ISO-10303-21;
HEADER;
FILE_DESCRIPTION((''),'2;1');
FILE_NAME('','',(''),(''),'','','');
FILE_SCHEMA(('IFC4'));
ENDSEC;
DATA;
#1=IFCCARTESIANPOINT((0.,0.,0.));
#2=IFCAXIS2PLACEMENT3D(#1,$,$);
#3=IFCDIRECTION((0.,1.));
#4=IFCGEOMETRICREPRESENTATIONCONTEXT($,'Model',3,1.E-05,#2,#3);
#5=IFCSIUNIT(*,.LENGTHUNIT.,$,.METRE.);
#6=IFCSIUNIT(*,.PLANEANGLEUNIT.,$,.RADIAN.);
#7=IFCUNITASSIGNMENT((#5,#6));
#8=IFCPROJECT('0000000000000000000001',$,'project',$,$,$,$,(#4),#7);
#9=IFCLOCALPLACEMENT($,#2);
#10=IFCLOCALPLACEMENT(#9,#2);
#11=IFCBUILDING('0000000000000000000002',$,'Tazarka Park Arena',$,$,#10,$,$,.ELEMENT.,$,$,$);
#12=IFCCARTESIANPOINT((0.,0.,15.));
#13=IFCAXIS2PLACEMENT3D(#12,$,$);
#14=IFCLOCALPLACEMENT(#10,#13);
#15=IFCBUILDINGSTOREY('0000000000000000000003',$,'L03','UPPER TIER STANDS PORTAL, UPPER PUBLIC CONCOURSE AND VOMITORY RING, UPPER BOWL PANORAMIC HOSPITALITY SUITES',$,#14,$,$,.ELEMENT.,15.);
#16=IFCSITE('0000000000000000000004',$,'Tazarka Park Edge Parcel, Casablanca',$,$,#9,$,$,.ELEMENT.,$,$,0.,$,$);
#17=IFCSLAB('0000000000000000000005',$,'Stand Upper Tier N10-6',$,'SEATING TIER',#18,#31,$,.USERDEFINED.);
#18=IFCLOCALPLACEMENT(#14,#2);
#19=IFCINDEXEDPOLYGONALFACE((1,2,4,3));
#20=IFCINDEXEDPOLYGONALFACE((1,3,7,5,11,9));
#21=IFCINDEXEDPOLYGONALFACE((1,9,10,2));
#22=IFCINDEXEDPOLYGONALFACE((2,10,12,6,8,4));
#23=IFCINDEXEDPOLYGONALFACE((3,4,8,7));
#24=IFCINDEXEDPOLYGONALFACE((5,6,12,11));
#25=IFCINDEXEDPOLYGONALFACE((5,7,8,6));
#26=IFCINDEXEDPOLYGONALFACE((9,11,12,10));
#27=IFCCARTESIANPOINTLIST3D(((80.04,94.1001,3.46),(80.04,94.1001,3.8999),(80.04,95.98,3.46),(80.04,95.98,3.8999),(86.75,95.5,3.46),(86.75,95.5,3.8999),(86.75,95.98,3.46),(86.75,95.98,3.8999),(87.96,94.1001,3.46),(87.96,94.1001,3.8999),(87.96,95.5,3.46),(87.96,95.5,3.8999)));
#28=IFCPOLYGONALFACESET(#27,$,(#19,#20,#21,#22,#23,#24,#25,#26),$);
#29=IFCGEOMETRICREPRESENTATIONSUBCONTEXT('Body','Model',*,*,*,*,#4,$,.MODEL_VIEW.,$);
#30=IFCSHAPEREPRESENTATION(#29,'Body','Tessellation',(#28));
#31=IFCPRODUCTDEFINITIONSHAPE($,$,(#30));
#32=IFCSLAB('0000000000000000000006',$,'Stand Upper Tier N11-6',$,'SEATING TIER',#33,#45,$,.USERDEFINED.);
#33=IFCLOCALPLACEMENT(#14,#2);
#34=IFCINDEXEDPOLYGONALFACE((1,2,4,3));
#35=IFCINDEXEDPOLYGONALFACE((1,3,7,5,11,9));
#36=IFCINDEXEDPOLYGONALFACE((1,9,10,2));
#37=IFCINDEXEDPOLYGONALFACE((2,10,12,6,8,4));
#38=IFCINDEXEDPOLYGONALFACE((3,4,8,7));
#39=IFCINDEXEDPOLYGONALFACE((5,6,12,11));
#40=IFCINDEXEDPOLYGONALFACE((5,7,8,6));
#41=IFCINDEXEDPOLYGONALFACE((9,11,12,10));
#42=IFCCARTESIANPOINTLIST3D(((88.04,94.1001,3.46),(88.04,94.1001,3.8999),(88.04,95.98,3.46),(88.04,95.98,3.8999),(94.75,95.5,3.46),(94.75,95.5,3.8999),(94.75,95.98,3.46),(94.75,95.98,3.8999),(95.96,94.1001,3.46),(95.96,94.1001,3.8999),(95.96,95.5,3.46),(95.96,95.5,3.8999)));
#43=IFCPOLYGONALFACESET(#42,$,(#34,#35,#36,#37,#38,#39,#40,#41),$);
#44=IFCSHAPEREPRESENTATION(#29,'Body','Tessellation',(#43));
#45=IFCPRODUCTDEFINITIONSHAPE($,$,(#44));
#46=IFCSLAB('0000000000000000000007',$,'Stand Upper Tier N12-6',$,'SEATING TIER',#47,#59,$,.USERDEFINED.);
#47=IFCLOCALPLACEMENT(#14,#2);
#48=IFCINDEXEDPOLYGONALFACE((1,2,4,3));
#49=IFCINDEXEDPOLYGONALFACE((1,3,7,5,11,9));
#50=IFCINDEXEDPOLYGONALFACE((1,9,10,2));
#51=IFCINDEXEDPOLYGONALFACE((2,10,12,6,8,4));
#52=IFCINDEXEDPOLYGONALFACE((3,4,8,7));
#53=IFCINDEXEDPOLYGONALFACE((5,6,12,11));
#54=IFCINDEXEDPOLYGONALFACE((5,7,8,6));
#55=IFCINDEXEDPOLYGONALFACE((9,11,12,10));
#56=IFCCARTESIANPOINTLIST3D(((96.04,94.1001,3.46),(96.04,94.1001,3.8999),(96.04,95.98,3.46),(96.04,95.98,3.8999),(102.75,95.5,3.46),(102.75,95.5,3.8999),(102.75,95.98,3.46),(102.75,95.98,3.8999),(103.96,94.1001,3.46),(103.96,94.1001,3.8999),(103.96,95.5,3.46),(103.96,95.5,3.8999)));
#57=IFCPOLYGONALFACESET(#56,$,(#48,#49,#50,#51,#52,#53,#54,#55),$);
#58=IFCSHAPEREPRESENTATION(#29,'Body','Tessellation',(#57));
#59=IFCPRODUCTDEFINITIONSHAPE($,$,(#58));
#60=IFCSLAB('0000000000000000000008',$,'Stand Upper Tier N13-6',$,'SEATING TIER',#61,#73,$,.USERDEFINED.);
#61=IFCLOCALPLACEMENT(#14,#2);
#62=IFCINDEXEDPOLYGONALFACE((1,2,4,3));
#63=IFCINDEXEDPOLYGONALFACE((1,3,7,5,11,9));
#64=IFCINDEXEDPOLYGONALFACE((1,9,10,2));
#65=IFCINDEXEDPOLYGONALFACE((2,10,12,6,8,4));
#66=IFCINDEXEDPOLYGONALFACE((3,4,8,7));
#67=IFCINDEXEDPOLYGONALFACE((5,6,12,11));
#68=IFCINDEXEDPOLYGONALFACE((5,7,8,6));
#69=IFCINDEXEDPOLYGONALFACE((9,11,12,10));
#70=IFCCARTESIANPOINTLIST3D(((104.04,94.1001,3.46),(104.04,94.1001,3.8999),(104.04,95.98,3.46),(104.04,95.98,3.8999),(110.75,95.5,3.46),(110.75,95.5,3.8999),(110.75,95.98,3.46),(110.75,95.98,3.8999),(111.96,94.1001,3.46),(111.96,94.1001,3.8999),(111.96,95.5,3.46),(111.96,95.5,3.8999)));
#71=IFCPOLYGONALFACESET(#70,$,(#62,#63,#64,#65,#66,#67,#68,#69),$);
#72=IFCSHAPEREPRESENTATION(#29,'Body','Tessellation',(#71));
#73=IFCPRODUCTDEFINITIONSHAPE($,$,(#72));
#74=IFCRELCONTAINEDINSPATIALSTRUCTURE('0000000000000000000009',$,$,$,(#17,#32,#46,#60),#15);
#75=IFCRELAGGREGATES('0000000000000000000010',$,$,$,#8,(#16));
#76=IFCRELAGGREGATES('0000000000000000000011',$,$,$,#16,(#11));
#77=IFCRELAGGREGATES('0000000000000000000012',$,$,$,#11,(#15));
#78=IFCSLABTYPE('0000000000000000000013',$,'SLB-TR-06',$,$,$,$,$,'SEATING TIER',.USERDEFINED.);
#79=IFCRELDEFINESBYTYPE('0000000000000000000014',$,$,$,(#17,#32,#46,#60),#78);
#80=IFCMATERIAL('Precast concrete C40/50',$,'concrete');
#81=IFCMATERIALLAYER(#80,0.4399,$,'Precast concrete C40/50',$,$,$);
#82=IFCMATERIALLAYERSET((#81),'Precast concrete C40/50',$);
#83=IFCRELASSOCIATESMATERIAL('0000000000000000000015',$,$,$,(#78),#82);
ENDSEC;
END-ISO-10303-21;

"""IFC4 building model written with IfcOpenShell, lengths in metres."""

from ifc_helpers import new_model, si_unit, direction, frame, origin, place, context, subcontext, project, spatial, polyline, outline, extrude, material, layer, layer_set, type_object, element, save


model = new_model("IFC4")

# Units and contexts
model_context = context("Model", 3, precision=1e-05, world=origin(), true_north=direction((0.0, 1.0)))
body_context = subcontext(model_context, "Body", "Model", "MODEL_VIEW")
ifc_project = project(units=[si_unit("LENGTHUNIT", "METRE"), si_unit("PLANEANGLEUNIT", "RADIAN")], contexts=[model_context])

# Site, building, storey
site_placement = place(None, origin())
site = spatial("IfcSite", under=ifc_project, at=site_placement, Name="Tazarka Park Edge Parcel, Casablanca", CompositionType="ELEMENT", RefElevation=0.0)
building_placement = place(site_placement, origin())
building = spatial("IfcBuilding", under=site, at=building_placement, Name="Tazarka Park Arena", CompositionType="ELEMENT")
storey_placement = place(building_placement, frame((0.0, 0.0, 15.0)))
storey = spatial("IfcBuildingStorey", under=building, at=storey_placement, Name="L03", Description="UPPER TIER STANDS PORTAL, UPPER PUBLIC CONCOURSE AND VOMITORY RING, UPPER BOWL PANORAMIC HOSPITALITY SUITES", CompositionType="ELEMENT", Elevation=15.0)

# Slabs
ifc_material_1 = material(Name="Precast concrete C40/50", Category="concrete")
ifc_layer_1 = layer(ifc_material_1, 0.4399, Name="Precast concrete C40/50")
ifc_layer_set_1 = layer_set([ifc_layer_1], Name="Precast concrete C40/50")
slab_type_1 = type_object("IfcSlabType", Name="SLB-TR-06", ElementType="SEATING TIER", PredefinedType="USERDEFINED", material=ifc_layer_set_1)
slab_1_placement = place(storey_placement, frame((0.0, 0.0, 3.46)))
element("IfcSlab", 1, at=slab_1_placement, inside=storey, type_object=slab_type_1, Name="Stand Upper Tier N10-6", ObjectType="SEATING TIER", PredefinedType="USERDEFINED", context=body_context, shape_type="SweptSolid", body=[
    extrude(outline(polyline([(80.04, 94.1001), (87.96, 94.1001), (87.96, 95.5), (86.75, 95.5), (86.75, 95.98), (80.04, 95.98), (80.04, 94.1001)])), origin(), (0.0, 0.0, 1.0), 0.4399),
])
slab_2_placement = place(storey_placement, frame((0.0, 0.0, 3.46)))
element("IfcSlab", 2, at=slab_2_placement, inside=storey, type_object=slab_type_1, Name="Stand Upper Tier N11-6", ObjectType="SEATING TIER", PredefinedType="USERDEFINED", context=body_context, shape_type="SweptSolid", body=[
    extrude(outline(polyline([(88.04, 94.1001), (95.96, 94.1001), (95.96, 95.5), (94.75, 95.5), (94.75, 95.98), (88.04, 95.98), (88.04, 94.1001)])), origin(), (0.0, 0.0, 1.0), 0.4399),
])
slab_3_placement = place(storey_placement, frame((0.0, 0.0, 3.46)))
element("IfcSlab", 3, at=slab_3_placement, inside=storey, type_object=slab_type_1, Name="Stand Upper Tier N12-6", ObjectType="SEATING TIER", PredefinedType="USERDEFINED", context=body_context, shape_type="SweptSolid", body=[
    extrude(outline(polyline([(96.04, 94.1001), (103.96, 94.1001), (103.96, 95.5), (102.75, 95.5), (102.75, 95.98), (96.04, 95.98), (96.04, 94.1001)])), origin(), (0.0, 0.0, 1.0), 0.4399),
])
slab_4_placement = place(storey_placement, frame((0.0, 0.0, 3.46)))
element("IfcSlab", 4, at=slab_4_placement, inside=storey, type_object=slab_type_1, Name="Stand Upper Tier N13-6", ObjectType="SEATING TIER", PredefinedType="USERDEFINED", context=body_context, shape_type="SweptSolid", body=[
    extrude(outline(polyline([(104.04, 94.1001), (111.96, 94.1001), (111.96, 95.5), (110.75, 95.5), (110.75, 95.98), (104.04, 95.98), (104.04, 94.1001)])), origin(), (0.0, 0.0, 1.0), 0.4399),
])

save(model, "model.ifc")
